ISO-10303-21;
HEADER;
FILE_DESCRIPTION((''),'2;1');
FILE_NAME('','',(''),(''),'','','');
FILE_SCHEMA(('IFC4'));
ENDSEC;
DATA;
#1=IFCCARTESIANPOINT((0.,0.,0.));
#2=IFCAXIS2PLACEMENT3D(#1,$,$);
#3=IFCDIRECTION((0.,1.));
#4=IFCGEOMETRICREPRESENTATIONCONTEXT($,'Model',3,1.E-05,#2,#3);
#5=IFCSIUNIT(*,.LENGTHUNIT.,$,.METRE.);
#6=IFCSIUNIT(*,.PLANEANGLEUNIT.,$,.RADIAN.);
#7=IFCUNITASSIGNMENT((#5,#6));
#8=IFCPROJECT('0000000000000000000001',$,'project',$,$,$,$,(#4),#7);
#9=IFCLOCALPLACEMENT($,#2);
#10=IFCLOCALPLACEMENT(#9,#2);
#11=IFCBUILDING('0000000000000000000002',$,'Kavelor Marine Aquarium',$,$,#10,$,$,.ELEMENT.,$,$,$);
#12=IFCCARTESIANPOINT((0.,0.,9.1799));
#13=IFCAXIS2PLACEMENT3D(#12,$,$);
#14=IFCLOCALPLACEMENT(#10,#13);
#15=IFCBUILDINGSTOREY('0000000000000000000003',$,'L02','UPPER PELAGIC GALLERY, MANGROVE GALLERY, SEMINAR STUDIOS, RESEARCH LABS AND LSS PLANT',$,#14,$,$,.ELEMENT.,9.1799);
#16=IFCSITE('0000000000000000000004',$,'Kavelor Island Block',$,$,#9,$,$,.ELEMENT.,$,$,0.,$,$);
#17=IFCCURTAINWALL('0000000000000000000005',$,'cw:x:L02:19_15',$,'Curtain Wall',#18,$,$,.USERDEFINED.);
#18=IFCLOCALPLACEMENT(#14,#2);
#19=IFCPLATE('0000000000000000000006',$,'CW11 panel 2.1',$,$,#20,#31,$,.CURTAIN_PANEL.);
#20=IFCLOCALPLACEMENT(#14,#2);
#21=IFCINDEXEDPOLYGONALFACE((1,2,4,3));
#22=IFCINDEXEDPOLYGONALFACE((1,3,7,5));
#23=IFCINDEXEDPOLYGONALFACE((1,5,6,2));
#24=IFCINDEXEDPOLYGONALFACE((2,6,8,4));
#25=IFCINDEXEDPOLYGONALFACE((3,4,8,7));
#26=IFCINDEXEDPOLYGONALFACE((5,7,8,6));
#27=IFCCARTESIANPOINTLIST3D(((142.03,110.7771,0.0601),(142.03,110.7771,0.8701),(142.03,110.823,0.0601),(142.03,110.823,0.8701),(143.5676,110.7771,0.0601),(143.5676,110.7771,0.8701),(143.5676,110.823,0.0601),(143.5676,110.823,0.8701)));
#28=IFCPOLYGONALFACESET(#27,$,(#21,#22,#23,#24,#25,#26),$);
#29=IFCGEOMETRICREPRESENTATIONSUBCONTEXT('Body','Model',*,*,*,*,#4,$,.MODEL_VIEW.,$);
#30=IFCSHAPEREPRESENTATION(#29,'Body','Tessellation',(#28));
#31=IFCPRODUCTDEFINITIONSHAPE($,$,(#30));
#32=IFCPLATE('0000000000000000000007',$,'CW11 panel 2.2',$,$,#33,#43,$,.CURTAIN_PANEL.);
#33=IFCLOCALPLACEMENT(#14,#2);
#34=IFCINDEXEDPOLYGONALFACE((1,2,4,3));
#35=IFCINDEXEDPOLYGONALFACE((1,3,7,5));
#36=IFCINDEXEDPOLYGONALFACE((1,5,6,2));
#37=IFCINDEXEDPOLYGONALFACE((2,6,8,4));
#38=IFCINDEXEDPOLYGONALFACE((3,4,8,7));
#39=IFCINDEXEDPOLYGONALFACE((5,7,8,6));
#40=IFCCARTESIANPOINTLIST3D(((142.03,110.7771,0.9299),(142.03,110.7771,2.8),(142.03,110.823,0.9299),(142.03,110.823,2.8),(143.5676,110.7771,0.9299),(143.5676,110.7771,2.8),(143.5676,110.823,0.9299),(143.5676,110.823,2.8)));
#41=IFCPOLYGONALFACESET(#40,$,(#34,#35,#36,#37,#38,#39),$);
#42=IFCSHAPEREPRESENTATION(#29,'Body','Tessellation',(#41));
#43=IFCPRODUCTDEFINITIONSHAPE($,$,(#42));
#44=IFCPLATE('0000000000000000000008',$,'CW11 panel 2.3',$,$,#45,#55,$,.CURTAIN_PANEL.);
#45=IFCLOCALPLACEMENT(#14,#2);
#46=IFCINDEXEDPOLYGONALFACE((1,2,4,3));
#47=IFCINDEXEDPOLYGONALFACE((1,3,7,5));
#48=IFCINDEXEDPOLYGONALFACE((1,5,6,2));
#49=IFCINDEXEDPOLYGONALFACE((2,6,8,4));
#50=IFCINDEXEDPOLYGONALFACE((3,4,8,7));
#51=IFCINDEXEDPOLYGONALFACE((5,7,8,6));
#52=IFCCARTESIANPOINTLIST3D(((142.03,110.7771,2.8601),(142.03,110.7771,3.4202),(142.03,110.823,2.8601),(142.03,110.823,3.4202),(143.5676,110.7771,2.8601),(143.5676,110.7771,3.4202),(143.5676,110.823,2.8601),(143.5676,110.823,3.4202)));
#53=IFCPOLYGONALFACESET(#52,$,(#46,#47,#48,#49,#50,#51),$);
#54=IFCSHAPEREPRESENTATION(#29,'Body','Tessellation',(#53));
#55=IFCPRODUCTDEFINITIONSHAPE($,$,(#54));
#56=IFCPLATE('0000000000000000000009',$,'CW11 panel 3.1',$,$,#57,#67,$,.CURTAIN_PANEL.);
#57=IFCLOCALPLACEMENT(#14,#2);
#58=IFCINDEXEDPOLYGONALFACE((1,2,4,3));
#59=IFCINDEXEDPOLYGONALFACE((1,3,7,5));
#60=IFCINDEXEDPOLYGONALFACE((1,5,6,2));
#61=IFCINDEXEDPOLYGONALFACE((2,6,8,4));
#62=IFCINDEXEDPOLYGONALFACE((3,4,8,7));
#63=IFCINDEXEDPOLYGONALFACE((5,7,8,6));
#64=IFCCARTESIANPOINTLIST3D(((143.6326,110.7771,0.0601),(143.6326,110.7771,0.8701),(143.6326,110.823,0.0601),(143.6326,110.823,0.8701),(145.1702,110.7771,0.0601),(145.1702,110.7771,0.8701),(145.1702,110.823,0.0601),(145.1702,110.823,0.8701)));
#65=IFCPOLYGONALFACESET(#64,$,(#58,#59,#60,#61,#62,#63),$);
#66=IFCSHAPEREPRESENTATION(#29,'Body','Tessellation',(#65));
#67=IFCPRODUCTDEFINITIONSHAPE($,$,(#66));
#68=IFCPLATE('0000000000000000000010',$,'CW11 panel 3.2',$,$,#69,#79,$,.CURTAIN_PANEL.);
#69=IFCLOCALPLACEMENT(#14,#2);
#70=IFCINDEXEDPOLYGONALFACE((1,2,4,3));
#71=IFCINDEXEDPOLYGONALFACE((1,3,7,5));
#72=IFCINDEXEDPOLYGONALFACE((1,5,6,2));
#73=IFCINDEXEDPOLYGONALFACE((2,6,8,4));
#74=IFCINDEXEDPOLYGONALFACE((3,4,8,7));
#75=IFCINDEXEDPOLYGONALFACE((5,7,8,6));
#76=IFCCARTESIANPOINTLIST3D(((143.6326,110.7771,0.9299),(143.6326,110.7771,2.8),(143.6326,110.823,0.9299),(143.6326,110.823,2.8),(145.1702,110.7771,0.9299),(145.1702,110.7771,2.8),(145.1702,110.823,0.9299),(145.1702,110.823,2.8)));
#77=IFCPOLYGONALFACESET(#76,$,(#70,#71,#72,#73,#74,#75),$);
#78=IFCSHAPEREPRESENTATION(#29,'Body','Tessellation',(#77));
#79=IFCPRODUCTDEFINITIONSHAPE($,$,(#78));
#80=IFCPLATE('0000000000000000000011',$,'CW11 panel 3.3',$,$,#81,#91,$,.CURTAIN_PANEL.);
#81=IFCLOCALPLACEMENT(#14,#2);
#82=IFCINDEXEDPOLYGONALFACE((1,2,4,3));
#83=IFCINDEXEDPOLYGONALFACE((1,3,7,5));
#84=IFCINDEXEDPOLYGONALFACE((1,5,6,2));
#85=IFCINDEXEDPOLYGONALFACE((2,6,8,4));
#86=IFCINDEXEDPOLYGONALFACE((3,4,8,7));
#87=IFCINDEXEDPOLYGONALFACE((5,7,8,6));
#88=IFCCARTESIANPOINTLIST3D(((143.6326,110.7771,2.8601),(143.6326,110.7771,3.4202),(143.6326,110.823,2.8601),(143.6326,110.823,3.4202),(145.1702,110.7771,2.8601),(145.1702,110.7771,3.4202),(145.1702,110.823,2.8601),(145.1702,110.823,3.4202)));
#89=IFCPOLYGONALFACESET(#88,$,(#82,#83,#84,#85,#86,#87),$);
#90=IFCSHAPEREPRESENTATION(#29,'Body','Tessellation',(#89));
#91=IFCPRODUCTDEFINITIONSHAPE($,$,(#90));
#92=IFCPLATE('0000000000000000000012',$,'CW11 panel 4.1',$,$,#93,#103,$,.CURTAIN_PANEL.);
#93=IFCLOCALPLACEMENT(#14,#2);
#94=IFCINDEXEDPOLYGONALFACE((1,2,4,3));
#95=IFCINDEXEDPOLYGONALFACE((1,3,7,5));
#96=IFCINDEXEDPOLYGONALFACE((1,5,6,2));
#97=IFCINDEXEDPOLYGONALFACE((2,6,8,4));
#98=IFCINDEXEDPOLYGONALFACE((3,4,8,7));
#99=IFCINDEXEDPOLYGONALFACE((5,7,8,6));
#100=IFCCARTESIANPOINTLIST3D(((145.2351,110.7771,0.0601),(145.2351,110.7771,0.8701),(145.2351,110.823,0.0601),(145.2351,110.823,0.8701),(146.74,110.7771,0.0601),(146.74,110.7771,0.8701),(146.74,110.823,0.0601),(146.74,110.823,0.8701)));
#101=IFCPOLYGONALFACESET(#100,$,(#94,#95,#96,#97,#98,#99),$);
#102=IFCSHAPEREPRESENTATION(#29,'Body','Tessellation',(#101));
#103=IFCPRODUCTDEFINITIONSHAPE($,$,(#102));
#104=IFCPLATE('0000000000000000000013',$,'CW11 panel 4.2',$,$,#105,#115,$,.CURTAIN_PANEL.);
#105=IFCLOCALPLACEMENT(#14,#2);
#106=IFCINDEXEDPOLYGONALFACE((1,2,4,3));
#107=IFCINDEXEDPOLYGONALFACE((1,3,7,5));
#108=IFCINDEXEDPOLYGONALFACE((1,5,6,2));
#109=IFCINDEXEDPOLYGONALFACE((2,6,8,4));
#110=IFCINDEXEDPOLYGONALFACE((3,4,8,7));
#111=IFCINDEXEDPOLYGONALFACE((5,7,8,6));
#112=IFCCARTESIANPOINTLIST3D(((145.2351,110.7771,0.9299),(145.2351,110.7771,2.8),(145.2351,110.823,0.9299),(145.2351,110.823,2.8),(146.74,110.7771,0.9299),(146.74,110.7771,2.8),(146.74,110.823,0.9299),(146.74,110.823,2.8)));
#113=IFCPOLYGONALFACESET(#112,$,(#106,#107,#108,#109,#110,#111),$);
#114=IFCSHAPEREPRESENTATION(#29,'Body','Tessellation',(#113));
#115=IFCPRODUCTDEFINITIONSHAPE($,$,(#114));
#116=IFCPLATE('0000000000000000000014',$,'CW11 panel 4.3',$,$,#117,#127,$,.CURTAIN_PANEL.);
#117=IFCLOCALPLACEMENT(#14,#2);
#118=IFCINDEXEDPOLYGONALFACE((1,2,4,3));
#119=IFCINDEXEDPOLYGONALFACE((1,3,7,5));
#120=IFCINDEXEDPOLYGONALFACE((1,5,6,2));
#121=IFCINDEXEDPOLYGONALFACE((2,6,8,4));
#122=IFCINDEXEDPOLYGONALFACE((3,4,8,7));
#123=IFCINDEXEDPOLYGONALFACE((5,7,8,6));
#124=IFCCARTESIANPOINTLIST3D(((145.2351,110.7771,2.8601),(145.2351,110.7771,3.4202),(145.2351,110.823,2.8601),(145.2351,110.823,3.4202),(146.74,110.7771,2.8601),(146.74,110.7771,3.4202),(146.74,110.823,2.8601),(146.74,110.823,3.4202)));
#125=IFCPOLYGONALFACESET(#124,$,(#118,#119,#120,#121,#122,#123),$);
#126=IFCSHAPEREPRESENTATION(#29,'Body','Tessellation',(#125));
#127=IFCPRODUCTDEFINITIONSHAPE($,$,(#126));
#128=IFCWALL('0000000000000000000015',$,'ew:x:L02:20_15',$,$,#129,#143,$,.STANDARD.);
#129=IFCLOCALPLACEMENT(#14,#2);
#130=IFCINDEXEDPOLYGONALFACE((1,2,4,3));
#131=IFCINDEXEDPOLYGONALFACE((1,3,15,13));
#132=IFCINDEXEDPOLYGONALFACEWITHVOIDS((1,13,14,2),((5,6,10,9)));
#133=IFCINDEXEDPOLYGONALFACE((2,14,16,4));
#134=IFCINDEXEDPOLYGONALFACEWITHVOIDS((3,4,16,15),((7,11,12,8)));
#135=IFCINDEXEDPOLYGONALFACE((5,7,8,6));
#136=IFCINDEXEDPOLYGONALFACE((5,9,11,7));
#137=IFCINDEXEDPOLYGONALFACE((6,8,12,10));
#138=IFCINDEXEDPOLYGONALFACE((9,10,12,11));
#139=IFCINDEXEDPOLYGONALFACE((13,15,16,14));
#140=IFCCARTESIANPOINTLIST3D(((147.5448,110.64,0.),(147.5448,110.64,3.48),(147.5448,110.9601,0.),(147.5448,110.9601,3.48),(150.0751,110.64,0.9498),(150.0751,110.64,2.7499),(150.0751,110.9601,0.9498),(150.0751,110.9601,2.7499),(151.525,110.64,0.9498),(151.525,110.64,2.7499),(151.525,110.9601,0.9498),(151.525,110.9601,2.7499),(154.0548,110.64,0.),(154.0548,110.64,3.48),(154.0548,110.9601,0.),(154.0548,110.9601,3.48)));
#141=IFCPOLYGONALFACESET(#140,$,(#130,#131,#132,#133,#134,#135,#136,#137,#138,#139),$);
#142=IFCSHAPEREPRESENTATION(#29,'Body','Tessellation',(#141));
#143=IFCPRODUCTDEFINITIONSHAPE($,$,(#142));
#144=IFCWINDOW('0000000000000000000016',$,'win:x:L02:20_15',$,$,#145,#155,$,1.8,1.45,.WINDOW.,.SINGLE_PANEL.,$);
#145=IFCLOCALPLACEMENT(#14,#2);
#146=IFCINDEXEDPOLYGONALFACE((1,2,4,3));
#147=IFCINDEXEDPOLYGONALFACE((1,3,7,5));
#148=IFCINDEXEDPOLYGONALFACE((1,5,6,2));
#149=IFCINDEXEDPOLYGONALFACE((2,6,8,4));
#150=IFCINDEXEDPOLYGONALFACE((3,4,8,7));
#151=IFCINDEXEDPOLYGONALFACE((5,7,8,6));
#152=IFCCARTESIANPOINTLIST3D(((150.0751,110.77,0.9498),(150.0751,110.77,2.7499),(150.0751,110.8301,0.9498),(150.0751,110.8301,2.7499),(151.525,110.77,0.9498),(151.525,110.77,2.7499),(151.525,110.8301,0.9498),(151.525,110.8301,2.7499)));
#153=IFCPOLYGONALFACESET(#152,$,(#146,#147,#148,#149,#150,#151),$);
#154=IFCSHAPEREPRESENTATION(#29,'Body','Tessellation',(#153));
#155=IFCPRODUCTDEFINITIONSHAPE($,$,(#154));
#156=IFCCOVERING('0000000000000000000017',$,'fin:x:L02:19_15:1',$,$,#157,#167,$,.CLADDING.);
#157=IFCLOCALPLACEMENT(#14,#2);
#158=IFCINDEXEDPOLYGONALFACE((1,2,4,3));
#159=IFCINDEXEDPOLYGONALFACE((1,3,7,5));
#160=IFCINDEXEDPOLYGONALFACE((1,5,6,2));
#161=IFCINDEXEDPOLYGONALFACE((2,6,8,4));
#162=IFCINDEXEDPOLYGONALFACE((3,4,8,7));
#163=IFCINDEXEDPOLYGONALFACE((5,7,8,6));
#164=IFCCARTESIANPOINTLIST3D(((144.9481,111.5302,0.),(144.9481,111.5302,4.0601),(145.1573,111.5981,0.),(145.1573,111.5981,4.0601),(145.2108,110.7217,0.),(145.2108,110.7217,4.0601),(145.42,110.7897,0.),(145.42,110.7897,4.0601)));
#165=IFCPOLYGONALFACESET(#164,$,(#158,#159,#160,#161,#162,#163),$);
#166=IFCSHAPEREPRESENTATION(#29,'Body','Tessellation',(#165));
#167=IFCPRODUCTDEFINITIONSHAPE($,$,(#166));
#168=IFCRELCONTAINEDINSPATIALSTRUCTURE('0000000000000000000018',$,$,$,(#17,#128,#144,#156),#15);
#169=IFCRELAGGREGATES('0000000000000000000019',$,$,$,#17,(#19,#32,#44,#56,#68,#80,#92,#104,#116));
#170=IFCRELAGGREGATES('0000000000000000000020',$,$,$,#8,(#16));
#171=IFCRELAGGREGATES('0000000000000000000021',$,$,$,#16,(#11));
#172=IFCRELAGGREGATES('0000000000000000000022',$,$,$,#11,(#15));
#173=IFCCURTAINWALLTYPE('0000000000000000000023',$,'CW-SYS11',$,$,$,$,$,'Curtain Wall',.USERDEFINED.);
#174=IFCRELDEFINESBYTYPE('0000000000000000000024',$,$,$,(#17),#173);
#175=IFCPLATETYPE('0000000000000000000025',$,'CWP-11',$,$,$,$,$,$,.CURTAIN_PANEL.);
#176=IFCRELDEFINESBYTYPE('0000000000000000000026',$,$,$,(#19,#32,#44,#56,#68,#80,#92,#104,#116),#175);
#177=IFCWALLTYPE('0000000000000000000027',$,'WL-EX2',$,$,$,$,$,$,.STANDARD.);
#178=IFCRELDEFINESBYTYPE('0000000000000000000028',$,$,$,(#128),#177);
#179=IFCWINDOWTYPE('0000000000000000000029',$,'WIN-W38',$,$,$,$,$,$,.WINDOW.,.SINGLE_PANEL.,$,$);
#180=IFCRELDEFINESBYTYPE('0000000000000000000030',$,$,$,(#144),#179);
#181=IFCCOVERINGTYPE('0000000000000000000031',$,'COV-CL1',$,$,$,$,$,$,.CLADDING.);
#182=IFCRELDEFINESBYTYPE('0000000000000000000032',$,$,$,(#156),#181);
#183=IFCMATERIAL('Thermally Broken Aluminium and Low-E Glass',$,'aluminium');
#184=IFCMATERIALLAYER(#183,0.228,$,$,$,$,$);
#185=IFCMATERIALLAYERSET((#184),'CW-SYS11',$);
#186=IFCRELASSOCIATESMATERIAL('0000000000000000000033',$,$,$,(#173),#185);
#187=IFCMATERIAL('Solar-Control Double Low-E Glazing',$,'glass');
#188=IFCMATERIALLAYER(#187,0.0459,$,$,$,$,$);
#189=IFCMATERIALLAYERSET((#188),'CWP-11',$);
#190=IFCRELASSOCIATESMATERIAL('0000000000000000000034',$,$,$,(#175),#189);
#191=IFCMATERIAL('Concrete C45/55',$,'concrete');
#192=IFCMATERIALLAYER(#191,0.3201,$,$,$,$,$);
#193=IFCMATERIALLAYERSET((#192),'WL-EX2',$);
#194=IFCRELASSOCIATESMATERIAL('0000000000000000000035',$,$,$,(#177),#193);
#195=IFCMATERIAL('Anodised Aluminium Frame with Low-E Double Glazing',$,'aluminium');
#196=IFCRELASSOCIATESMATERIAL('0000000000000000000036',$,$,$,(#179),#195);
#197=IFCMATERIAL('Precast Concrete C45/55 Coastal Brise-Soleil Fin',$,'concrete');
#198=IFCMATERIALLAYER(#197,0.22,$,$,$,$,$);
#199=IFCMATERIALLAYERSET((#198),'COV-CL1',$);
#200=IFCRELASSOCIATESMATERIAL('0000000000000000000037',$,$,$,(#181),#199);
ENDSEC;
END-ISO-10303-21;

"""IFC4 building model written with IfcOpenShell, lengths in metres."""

from ifc_helpers import new_model, si_unit, direction, frame, frame_2d, origin, origin_2d, place, context, subcontext, project, spatial, rectangle, extrude, material, layer, layer_set, type_object, element, fill, aggregate, save


model = new_model("IFC4")

# Units and contexts
model_context = context("Model", 3, precision=1e-05, world=origin(), true_north=direction((0.0, 1.0)))
body_context = subcontext(model_context, "Body", "Model", "MODEL_VIEW")
ifc_project = project(units=[si_unit("LENGTHUNIT", "METRE"), si_unit("PLANEANGLEUNIT", "RADIAN")], contexts=[model_context])

# Site, building, storey
site_placement = place(None, origin())
site = spatial("IfcSite", under=ifc_project, at=site_placement, Name="Kavelor Island Block", CompositionType="ELEMENT", RefElevation=0.0)
building_placement = place(site_placement, origin())
building = spatial("IfcBuilding", under=site, at=building_placement, Name="Kavelor Marine Aquarium", CompositionType="ELEMENT")
storey_placement = place(building_placement, frame((0.0, 0.0, 9.1799)))
storey = spatial("IfcBuildingStorey", under=building, at=storey_placement, Name="L02", Description="UPPER PELAGIC GALLERY, MANGROVE GALLERY, SEMINAR STUDIOS, RESEARCH LABS AND LSS PLANT", CompositionType="ELEMENT", Elevation=9.1799)

# Curtain wall, plates
ifc_material_1 = material(Name="Thermally Broken Aluminium and Low-E Glass", Category="aluminium")
ifc_layer_1 = layer(ifc_material_1, 0.228)
ifc_layer_set_1 = layer_set([ifc_layer_1], Name="CW-SYS11")
curtain_wall_type = type_object("IfcCurtainWallType", Name="CW-SYS11", ElementType="Curtain Wall", PredefinedType="USERDEFINED", material=ifc_layer_set_1)
curtain_wall_placement = place(storey_placement, origin())
curtain_wall = element("IfcCurtainWall", 1, at=curtain_wall_placement, inside=storey, type_object=curtain_wall_type, Name="cw:x:L02:19_15", ObjectType="Curtain Wall", PredefinedType="USERDEFINED")
ifc_material_2 = material(Name="Solar-Control Double Low-E Glazing", Category="glass")
ifc_layer_2 = layer(ifc_material_2, 0.0459)
ifc_layer_set_2 = layer_set([ifc_layer_2], Name="CWP-11")
plate_type = type_object("IfcPlateType", Name="CWP-11", PredefinedType="CURTAIN_PANEL", material=ifc_layer_set_2)
plate_1_placement = place(storey_placement, frame((142.7988, 110.8, 0.0601), z_axis=(0.0, 0.0, 1.0), x_axis=(1.0, 0.0, 0.0)))
plate_1 = element("IfcPlate", 2, at=plate_1_placement, type_object=plate_type, Name="CW11 panel 2.1", PredefinedType="CURTAIN_PANEL", context=body_context, shape_type="SweptSolid", body=[
    extrude(rectangle(XDim=1.5376, YDim=0.0459, at=origin_2d()), origin(), (0.0, 0.0, 1.0), 0.8101),
])
plate_2_placement = place(storey_placement, frame((142.7988, 110.8, 0.9299), z_axis=(0.0, 0.0, 1.0), x_axis=(1.0, 0.0, 0.0)))
plate_2 = element("IfcPlate", 3, at=plate_2_placement, type_object=plate_type, Name="CW11 panel 2.2", PredefinedType="CURTAIN_PANEL", context=body_context, shape_type="SweptSolid", body=[
    extrude(rectangle(XDim=1.5376, YDim=0.0459, at=origin_2d()), origin(), (0.0, 0.0, 1.0), 1.8701),
])
plate_3_placement = place(storey_placement, frame((142.7988, 110.8, 2.8601), z_axis=(0.0, 0.0, 1.0), x_axis=(1.0, 0.0, 0.0)))
plate_3 = element("IfcPlate", 4, at=plate_3_placement, type_object=plate_type, Name="CW11 panel 2.3", PredefinedType="CURTAIN_PANEL", context=body_context, shape_type="SweptSolid", body=[
    extrude(rectangle(XDim=1.5376, YDim=0.0459, at=origin_2d()), origin(), (0.0, 0.0, 1.0), 0.5601),
])
plate_4_placement = place(storey_placement, frame((144.4014, 110.8, 0.0601), z_axis=(0.0, 0.0, 1.0), x_axis=(1.0, 0.0, 0.0)))
plate_4 = element("IfcPlate", 5, at=plate_4_placement, type_object=plate_type, Name="CW11 panel 3.1", PredefinedType="CURTAIN_PANEL", context=body_context, shape_type="SweptSolid", body=[
    extrude(rectangle(XDim=1.5376, YDim=0.0459, at=origin_2d()), origin(), (0.0, 0.0, 1.0), 0.8101),
])
plate_5_placement = place(storey_placement, frame((144.4014, 110.8, 0.9299), z_axis=(0.0, 0.0, 1.0), x_axis=(1.0, 0.0, 0.0)))
plate_5 = element("IfcPlate", 6, at=plate_5_placement, type_object=plate_type, Name="CW11 panel 3.2", PredefinedType="CURTAIN_PANEL", context=body_context, shape_type="SweptSolid", body=[
    extrude(rectangle(XDim=1.5376, YDim=0.0459, at=origin_2d()), origin(), (0.0, 0.0, 1.0), 1.8701),
])
plate_6_placement = place(storey_placement, frame((144.4014, 110.8, 2.8601), z_axis=(0.0, 0.0, 1.0), x_axis=(1.0, 0.0, 0.0)))
plate_6 = element("IfcPlate", 7, at=plate_6_placement, type_object=plate_type, Name="CW11 panel 3.3", PredefinedType="CURTAIN_PANEL", context=body_context, shape_type="SweptSolid", body=[
    extrude(rectangle(XDim=1.5376, YDim=0.0459, at=origin_2d()), origin(), (0.0, 0.0, 1.0), 0.5601),
])
plate_7_placement = place(storey_placement, frame((145.9875, 110.8, 0.0601), z_axis=(0.0, 0.0, 1.0), x_axis=(1.0, 0.0, 0.0)))
plate_7 = element("IfcPlate", 8, at=plate_7_placement, type_object=plate_type, Name="CW11 panel 4.1", PredefinedType="CURTAIN_PANEL", context=body_context, shape_type="SweptSolid", body=[
    extrude(rectangle(XDim=1.5049, YDim=0.0459, at=origin_2d()), origin(), (0.0, 0.0, 1.0), 0.8101),
])
plate_8_placement = place(storey_placement, frame((145.9875, 110.8, 0.9299), z_axis=(0.0, 0.0, 1.0), x_axis=(1.0, 0.0, 0.0)))
plate_8 = element("IfcPlate", 9, at=plate_8_placement, type_object=plate_type, Name="CW11 panel 4.2", PredefinedType="CURTAIN_PANEL", context=body_context, shape_type="SweptSolid", body=[
    extrude(rectangle(XDim=1.5049, YDim=0.0459, at=origin_2d()), origin(), (0.0, 0.0, 1.0), 1.8701),
])
plate_9_placement = place(storey_placement, frame((145.9875, 110.8, 2.8601), z_axis=(0.0, 0.0, 1.0), x_axis=(1.0, 0.0, 0.0)))
plate_9 = element("IfcPlate", 10, at=plate_9_placement, type_object=plate_type, Name="CW11 panel 4.3", PredefinedType="CURTAIN_PANEL", context=body_context, shape_type="SweptSolid", body=[
    extrude(rectangle(XDim=1.5049, YDim=0.0459, at=origin_2d()), origin(), (0.0, 0.0, 1.0), 0.5601),
])
aggregate(curtain_wall, [plate_1, plate_2, plate_3, plate_4, plate_5, plate_6, plate_7, plate_8, plate_9])

# Wall, opening, window
ifc_material_3 = material(Name="Concrete C45/55", Category="concrete")
ifc_layer_3 = layer(ifc_material_3, 0.3201)
ifc_layer_set_3 = layer_set([ifc_layer_3], Name="WL-EX2")
wall_type = type_object("IfcWallType", Name="WL-EX2", PredefinedType="STANDARD", material=ifc_layer_set_3)
wall_placement = place(storey_placement, frame((147.5449, 110.8, 0.0), z_axis=(0.0, 0.0, 1.0), x_axis=(1.0, 0.0, 0.0)))
wall = element("IfcWall", 11, at=wall_placement, inside=storey, type_object=wall_type, Name="ew:x:L02:20_15", PredefinedType="STANDARD", context=body_context, shape_type="SweptSolid", body=[
    extrude(rectangle(XDim=6.51, YDim=0.3201, at=frame_2d((3.2549, 0.0))), origin(), (0.0, 0.0, 1.0), 3.48),
])
opening_placement = place(wall_placement, frame((2.53, 0.0, 0.95)))
opening = element("IfcOpeningElement", 12, at=opening_placement, cuts=wall, PredefinedType="OPENING", context=body_context, shape_type="SweptSolid", body=[
    extrude(rectangle(XDim=1.45, YDim=1.8, at=frame_2d((0.7251, 0.8999))), frame((0.0, 0.1699, 0.0), z_axis=(0.0, -1.0, 0.0), x_axis=(1.0, 0.0, 0.0)), (0.0, 0.0, 1.0), 0.3401),
])
ifc_material_4 = material(Name="Anodised Aluminium Frame with Low-E Double Glazing", Category="aluminium")
window_type = type_object("IfcWindowType", Name="WIN-W38", PartitioningType="SINGLE_PANEL", PredefinedType="WINDOW", material=ifc_material_4)
window_placement = place(opening_placement, origin())
window = element("IfcWindow", 13, at=window_placement, inside=storey, type_object=window_type, Name="win:x:L02:20_15", OverallHeight=1.8, OverallWidth=1.45, PartitioningType="SINGLE_PANEL", PredefinedType="WINDOW", context=body_context, shape_type="SweptSolid", body=[
    extrude(rectangle(XDim=1.45, YDim=1.8, at=frame_2d((0.7251, 0.8999))), frame((0.0, 0.03, 0.0), z_axis=(0.0, -1.0, 0.0), x_axis=(1.0, 0.0, 0.0)), (0.0, 0.0, 1.0), 0.0601),
])
fill(opening, window)

# Covering
ifc_material_5 = material(Name="Precast Concrete C45/55 Coastal Brise-Soleil Fin", Category="concrete")
ifc_layer_4 = layer(ifc_material_5, 0.22)
ifc_layer_set_4 = layer_set([ifc_layer_4], Name="COV-CL1")
covering_type = type_object("IfcCoveringType", Name="COV-CL1", PredefinedType="CLADDING", material=ifc_layer_set_4)
covering_placement = place(storey_placement, frame((145.1841, 111.1599, 0.0), z_axis=(0.0, 0.0, 1.0), x_axis=(0.951057, 0.309017, 0.0)))
element("IfcCovering", 14, at=covering_placement, inside=storey, type_object=covering_type, Name="fin:x:L02:19_15:1", PredefinedType="CLADDING", context=body_context, shape_type="SweptSolid", body=[
    extrude(rectangle(XDim=0.22, YDim=0.8501, at=origin_2d()), origin(), (0.0, 0.0, 1.0), 4.0601),
])

save(model, "model.ifc")
